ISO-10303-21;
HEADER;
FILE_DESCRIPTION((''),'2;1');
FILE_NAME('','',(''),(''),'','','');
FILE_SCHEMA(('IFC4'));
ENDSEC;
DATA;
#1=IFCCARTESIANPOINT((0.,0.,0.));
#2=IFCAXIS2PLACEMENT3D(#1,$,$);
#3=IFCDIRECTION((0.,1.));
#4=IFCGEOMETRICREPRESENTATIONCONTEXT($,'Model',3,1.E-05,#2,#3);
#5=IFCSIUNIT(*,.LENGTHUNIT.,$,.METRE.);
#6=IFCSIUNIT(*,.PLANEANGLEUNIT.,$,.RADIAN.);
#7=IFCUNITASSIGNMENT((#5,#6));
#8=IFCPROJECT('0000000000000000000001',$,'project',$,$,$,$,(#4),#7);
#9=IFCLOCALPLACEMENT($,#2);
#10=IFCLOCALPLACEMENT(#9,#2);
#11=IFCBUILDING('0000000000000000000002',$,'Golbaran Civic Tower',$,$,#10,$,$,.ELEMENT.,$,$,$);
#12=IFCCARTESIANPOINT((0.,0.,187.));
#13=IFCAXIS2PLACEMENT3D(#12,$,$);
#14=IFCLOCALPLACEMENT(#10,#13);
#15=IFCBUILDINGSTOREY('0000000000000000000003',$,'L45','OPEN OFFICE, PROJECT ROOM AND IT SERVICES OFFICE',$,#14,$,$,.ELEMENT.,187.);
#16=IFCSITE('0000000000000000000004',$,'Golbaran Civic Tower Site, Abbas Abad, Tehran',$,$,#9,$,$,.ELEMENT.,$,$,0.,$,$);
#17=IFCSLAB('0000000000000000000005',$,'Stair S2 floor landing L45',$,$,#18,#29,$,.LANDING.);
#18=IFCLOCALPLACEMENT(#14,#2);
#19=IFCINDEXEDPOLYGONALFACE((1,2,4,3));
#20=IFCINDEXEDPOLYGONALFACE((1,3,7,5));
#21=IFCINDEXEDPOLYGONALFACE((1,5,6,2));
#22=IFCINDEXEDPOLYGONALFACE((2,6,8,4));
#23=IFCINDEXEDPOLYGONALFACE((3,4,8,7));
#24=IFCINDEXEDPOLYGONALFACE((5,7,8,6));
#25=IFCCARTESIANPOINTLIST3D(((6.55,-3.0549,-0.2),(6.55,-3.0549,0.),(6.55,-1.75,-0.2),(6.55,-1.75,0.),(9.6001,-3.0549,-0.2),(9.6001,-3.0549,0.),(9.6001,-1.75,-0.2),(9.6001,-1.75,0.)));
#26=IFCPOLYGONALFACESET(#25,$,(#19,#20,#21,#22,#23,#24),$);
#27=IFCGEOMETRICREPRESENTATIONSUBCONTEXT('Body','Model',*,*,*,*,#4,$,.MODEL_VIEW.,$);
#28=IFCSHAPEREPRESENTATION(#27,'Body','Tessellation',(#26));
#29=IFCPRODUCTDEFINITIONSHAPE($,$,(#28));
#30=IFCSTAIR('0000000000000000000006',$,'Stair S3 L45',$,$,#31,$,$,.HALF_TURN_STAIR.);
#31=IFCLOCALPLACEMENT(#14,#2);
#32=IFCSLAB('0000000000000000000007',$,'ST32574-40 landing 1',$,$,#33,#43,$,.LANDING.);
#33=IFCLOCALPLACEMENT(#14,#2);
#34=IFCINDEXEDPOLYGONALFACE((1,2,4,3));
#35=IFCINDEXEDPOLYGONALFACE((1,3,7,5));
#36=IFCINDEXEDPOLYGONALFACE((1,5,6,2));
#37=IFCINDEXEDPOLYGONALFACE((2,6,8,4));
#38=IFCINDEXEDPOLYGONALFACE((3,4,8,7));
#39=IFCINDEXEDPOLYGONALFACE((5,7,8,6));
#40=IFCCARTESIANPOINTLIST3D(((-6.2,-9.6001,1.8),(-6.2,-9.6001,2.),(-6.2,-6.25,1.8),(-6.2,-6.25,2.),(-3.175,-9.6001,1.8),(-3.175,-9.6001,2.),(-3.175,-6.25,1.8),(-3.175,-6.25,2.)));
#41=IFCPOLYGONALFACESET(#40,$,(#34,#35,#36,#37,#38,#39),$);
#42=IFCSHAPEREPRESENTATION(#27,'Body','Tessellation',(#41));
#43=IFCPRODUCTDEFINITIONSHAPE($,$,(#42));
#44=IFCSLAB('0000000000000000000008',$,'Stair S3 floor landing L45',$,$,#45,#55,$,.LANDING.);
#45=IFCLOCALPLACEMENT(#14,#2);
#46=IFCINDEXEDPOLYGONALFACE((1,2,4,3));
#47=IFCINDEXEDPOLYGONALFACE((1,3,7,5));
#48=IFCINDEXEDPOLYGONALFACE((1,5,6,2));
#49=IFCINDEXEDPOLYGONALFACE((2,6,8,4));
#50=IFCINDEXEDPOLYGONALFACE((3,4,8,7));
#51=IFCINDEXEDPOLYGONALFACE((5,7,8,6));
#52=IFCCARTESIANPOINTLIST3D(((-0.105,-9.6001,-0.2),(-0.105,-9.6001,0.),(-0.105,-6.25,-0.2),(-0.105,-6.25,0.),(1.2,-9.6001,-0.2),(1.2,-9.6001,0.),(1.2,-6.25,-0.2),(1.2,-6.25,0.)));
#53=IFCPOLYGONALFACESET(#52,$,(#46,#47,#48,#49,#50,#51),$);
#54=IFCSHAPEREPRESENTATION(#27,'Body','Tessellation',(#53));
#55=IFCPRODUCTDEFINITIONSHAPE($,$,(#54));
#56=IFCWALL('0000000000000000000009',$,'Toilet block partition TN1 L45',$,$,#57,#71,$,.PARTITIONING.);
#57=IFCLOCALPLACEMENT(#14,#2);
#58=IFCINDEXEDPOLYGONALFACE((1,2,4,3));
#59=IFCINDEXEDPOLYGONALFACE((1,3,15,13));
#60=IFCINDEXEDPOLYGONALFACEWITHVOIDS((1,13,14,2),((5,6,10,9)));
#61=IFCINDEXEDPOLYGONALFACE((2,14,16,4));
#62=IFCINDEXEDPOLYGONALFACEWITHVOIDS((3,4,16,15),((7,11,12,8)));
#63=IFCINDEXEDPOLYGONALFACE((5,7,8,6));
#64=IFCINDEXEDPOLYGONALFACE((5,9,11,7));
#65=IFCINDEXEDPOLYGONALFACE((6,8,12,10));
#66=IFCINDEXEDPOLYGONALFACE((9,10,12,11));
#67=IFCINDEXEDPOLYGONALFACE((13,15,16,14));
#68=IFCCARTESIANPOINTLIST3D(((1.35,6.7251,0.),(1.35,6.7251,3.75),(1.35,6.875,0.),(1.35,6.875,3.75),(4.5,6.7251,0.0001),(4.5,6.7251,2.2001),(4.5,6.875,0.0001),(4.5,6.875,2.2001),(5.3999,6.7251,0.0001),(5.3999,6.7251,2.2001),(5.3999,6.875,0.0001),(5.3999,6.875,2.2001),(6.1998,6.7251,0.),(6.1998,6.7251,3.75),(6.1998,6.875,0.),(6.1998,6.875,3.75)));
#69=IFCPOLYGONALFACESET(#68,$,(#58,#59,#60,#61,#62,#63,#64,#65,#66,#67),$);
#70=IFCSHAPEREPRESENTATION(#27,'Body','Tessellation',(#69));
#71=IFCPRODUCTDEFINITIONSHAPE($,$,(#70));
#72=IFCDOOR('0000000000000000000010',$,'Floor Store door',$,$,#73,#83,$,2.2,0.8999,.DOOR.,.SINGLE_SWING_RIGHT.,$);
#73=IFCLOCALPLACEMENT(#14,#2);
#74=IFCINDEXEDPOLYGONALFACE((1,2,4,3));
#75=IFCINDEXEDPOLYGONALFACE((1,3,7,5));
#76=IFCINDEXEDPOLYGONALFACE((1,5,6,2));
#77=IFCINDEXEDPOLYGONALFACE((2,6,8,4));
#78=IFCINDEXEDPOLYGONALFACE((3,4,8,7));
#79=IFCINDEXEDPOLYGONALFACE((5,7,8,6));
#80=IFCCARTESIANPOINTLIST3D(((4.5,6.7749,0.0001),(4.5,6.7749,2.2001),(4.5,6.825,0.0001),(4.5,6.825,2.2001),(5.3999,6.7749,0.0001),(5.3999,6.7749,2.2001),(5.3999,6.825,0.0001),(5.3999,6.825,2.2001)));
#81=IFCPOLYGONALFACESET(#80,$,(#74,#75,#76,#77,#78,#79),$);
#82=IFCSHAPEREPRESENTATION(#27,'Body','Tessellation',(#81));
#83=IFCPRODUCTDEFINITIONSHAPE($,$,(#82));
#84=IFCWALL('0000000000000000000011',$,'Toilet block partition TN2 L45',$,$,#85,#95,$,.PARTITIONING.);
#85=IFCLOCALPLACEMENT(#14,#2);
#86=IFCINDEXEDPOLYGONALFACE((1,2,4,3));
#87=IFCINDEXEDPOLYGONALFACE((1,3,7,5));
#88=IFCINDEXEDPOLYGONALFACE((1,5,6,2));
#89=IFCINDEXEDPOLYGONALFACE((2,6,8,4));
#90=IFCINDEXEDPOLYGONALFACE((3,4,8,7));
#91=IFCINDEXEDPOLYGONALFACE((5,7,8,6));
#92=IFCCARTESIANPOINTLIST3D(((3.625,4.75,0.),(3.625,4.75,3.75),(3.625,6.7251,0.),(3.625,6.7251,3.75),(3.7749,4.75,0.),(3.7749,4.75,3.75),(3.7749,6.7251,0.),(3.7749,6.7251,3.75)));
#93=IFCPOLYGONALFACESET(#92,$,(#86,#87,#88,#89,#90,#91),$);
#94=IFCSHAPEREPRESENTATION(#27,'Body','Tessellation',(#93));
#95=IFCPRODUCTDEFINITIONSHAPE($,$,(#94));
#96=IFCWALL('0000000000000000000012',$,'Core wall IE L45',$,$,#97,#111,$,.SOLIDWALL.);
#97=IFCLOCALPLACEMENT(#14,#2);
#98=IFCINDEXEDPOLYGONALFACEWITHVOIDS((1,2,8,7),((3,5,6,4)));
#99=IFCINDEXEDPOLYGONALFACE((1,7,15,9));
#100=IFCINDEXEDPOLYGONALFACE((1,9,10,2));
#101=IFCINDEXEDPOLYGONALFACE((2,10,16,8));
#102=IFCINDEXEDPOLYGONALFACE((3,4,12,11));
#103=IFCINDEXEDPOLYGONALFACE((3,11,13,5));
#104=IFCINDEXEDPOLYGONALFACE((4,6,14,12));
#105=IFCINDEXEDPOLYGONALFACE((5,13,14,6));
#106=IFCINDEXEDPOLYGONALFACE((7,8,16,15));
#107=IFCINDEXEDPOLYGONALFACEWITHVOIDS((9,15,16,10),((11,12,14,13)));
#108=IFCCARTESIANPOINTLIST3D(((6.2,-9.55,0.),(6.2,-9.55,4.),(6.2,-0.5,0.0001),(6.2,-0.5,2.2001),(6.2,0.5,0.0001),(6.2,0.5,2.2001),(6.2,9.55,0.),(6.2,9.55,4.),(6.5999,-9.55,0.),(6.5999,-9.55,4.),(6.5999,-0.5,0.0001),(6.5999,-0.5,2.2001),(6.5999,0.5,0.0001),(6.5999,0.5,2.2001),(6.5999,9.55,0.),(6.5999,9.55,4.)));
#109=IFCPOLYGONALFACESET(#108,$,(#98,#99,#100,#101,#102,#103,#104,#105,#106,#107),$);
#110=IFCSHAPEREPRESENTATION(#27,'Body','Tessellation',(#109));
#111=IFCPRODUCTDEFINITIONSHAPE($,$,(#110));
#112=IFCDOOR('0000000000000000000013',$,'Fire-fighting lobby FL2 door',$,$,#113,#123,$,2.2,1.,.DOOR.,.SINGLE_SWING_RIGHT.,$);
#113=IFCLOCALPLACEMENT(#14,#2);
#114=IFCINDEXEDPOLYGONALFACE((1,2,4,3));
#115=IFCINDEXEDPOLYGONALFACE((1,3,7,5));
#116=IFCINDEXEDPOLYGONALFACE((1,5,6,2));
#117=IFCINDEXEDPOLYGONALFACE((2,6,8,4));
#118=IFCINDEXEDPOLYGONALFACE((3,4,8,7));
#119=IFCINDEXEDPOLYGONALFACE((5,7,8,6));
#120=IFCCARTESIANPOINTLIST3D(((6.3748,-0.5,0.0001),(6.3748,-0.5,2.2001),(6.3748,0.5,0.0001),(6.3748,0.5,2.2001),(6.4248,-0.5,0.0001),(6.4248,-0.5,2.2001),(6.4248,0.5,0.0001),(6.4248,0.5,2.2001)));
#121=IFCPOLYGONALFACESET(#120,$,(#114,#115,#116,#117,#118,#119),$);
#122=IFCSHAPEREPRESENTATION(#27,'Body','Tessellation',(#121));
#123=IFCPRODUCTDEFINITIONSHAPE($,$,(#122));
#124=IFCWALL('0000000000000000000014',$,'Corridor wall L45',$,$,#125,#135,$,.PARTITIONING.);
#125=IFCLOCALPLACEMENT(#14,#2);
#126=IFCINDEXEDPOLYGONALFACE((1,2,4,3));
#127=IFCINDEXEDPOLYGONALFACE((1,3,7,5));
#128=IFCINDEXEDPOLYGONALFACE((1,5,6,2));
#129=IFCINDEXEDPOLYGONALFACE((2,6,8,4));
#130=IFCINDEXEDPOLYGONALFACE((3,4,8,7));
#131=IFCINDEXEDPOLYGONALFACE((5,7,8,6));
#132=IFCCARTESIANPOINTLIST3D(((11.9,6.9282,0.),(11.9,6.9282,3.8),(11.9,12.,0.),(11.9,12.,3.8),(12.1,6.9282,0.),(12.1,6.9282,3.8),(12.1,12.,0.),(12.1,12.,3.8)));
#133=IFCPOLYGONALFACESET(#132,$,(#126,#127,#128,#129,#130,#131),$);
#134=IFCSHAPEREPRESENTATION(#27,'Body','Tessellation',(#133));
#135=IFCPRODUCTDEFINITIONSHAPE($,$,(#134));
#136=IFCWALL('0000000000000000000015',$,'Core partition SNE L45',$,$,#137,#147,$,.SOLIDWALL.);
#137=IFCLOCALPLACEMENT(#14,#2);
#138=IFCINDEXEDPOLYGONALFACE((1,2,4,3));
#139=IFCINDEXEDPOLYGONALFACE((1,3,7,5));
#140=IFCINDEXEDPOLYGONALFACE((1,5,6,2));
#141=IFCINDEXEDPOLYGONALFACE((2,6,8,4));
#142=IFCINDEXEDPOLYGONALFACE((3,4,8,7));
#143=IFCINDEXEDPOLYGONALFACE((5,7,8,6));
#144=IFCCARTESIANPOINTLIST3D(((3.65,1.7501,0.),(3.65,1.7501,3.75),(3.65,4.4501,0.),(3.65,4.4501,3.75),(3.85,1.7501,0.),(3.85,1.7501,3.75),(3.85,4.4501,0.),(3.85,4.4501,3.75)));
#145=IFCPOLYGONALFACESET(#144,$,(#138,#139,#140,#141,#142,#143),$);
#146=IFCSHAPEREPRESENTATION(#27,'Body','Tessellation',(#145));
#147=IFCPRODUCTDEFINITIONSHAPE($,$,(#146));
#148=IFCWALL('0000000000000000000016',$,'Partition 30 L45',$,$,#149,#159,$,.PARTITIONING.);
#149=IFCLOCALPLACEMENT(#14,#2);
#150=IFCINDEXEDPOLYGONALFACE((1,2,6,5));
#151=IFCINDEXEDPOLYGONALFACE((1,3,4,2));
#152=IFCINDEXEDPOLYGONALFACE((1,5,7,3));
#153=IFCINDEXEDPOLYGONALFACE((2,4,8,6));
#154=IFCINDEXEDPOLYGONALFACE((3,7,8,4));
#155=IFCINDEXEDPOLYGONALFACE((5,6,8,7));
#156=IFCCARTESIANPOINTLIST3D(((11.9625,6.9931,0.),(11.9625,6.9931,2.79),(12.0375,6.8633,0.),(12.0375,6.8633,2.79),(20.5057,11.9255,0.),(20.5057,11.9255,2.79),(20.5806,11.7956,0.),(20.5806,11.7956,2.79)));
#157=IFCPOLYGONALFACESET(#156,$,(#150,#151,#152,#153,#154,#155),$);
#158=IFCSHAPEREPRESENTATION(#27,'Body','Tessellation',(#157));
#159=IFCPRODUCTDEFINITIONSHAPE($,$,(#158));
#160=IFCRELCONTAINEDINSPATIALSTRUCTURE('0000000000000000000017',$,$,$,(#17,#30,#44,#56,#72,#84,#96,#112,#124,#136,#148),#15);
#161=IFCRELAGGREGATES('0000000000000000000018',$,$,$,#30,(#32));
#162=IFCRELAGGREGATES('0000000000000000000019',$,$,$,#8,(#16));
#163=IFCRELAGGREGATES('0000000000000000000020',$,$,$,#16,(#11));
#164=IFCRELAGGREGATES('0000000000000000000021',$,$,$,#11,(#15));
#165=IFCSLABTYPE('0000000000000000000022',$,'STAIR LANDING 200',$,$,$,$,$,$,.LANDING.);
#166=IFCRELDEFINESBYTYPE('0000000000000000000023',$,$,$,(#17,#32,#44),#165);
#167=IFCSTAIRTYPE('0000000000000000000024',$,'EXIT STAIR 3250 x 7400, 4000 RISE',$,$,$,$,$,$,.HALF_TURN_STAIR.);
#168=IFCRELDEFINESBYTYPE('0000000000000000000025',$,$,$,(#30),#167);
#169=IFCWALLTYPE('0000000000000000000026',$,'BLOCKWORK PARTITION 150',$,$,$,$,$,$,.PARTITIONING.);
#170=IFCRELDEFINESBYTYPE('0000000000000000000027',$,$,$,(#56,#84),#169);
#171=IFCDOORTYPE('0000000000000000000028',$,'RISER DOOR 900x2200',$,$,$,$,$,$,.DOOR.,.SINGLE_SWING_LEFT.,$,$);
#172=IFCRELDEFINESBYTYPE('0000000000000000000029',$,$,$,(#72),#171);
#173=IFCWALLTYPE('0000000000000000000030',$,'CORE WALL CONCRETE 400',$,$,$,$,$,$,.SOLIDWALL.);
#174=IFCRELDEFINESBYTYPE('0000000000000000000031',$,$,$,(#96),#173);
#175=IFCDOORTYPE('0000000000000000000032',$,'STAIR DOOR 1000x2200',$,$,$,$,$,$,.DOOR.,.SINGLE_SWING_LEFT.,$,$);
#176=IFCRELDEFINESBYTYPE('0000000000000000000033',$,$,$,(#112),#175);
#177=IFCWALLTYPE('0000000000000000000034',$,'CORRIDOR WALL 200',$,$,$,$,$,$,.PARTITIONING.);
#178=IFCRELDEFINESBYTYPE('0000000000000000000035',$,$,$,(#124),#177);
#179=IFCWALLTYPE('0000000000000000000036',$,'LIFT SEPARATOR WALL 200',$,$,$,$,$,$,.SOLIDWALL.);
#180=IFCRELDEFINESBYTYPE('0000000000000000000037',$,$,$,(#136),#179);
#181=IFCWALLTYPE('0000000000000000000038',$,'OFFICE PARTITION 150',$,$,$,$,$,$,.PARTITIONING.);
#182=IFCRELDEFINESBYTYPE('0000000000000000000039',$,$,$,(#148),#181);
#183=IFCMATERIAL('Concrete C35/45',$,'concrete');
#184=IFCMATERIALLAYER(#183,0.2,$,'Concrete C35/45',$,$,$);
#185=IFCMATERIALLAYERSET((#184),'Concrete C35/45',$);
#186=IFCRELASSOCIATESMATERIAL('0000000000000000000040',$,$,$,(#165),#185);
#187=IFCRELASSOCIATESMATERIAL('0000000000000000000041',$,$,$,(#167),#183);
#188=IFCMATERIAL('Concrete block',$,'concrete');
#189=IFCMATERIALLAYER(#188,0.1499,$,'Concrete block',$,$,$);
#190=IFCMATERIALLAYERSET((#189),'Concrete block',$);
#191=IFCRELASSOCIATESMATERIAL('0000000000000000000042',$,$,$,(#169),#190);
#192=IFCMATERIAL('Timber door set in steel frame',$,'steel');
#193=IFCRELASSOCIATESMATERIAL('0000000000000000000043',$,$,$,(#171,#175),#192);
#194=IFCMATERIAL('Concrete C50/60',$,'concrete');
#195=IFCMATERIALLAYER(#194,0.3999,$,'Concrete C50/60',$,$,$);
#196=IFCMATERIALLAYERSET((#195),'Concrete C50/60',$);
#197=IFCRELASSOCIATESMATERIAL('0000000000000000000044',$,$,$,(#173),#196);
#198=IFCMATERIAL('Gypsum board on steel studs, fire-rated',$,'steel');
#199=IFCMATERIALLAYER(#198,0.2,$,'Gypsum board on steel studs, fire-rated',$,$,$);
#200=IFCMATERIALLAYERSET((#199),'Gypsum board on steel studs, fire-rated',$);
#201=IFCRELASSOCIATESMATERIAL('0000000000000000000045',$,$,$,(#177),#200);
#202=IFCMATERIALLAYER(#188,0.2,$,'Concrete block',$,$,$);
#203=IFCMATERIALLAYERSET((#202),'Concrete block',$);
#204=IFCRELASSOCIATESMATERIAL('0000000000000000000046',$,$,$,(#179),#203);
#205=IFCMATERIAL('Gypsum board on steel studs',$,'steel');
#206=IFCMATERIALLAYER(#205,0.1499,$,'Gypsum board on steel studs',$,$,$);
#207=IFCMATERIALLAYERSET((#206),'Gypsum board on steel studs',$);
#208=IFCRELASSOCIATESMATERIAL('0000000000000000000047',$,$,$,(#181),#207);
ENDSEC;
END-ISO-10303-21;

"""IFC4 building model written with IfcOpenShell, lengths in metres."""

from ifc_helpers import new_model, si_unit, direction, frame, frame_2d, origin, place, context, subcontext, project, spatial, polyline, rectangle, outline, extrude, material, layer, layer_set, type_object, element, fill, aggregate, save


model = new_model("IFC4")

# Units and contexts
model_context = context("Model", 3, precision=1e-05, world=origin(), true_north=direction((0.0, 1.0)))
body_context = subcontext(model_context, "Body", "Model", "MODEL_VIEW")
ifc_project = project(units=[si_unit("LENGTHUNIT", "METRE"), si_unit("PLANEANGLEUNIT", "RADIAN")], contexts=[model_context])

# Site, building, storey
site_placement = place(None, origin())
site = spatial("IfcSite", under=ifc_project, at=site_placement, Name="Golbaran Civic Tower Site, Abbas Abad, Tehran", CompositionType="ELEMENT", RefElevation=0.0)
building_placement = place(site_placement, origin())
building = spatial("IfcBuilding", under=site, at=building_placement, Name="Golbaran Civic Tower", CompositionType="ELEMENT")
storey_placement = place(building_placement, frame((0.0, 0.0, 187.0)))
storey = spatial("IfcBuildingStorey", under=building, at=storey_placement, Name="L45", Description="OPEN OFFICE, PROJECT ROOM AND IT SERVICES OFFICE", CompositionType="ELEMENT", Elevation=187.0)

# Slab
ifc_material_1 = material(Name="Concrete C35/45", Category="concrete")
ifc_layer_1 = layer(ifc_material_1, 0.2, Name="Concrete C35/45")
ifc_layer_set_1 = layer_set([ifc_layer_1], Name="Concrete C35/45")
slab_type = type_object("IfcSlabType", Name="STAIR LANDING 200", PredefinedType="LANDING", material=ifc_layer_set_1)
slab_1_placement = place(storey_placement, frame((0.0, 0.0, -0.2)))
element("IfcSlab", 1, at=slab_1_placement, inside=storey, type_object=slab_type, Name="Stair S2 floor landing L45", PredefinedType="LANDING", context=body_context, shape_type="SweptSolid", body=[
    extrude(outline(polyline([(9.6001, -1.75), (9.6001, -3.0549), (6.55, -3.0549), (6.55, -1.75), (9.6001, -1.75)])), origin(), (0.0, 0.0, 1.0), 0.2),
])

# Stair, slab
stair_type = type_object("IfcStairType", Name="EXIT STAIR 3250 x 7400, 4000 RISE", PredefinedType="HALF_TURN_STAIR", material=ifc_material_1)
stair_placement = place(storey_placement, origin())
stair = element("IfcStair", 2, at=stair_placement, inside=storey, type_object=stair_type, Name="Stair S3 L45", PredefinedType="HALF_TURN_STAIR")
slab_2_placement = place(storey_placement, frame((0.0, 0.0, 1.8)))
slab_2 = element("IfcSlab", 3, at=slab_2_placement, type_object=slab_type, Name="ST32574-40 landing 1", PredefinedType="LANDING", context=body_context, shape_type="SweptSolid", body=[
    extrude(outline(polyline([(-3.175, -9.6001), (-6.2, -9.6001), (-6.2, -6.25), (-3.175, -6.25), (-3.175, -9.6001)])), origin(), (0.0, 0.0, 1.0), 0.2),
])
aggregate(stair, [slab_2])

# Slab
slab_3_placement = place(storey_placement, frame((0.0, 0.0, -0.2)))
element("IfcSlab", 4, at=slab_3_placement, inside=storey, type_object=slab_type, Name="Stair S3 floor landing L45", PredefinedType="LANDING", context=body_context, shape_type="SweptSolid", body=[
    extrude(outline(polyline([(1.2, -9.6001), (-0.105, -9.6001), (-0.105, -6.25), (1.2, -6.25), (1.2, -9.6001)])), origin(), (0.0, 0.0, 1.0), 0.2),
])

# Wall, opening, door
ifc_material_2 = material(Name="Concrete block", Category="concrete")
ifc_layer_2 = layer(ifc_material_2, 0.1499, Name="Concrete block")
ifc_layer_set_2 = layer_set([ifc_layer_2], Name="Concrete block")
wall_type_1 = type_object("IfcWallType", Name="BLOCKWORK PARTITION 150", PredefinedType="PARTITIONING", material=ifc_layer_set_2)
wall_1_placement = place(storey_placement, frame((1.3501, 6.8, 0.0), z_axis=(0.0, 0.0, 1.0), x_axis=(1.0, 0.0, 0.0)))
wall_1 = element("IfcWall", 5, at=wall_1_placement, inside=storey, type_object=wall_type_1, Name="Toilet block partition TN1 L45", PredefinedType="PARTITIONING", context=body_context, shape_type="SweptSolid", body=[
    extrude(rectangle(XDim=4.8499, YDim=0.1499, at=frame_2d((2.4248, 0.0))), origin(), (0.0, 0.0, 1.0), 3.75),
])
opening_1_placement = place(wall_1_placement, frame((3.1499, 0.0, 0.0)))
opening_1 = element("IfcOpeningElement", 6, at=opening_1_placement, cuts=wall_1, PredefinedType="OPENING", context=body_context, shape_type="SweptSolid", body=[
    extrude(rectangle(XDim=0.8999, YDim=2.2, at=frame_2d((0.45, 1.1001))), frame((0.0, 0.085, 0.0), z_axis=(0.0, -1.0, 0.0), x_axis=(1.0, 0.0, 0.0)), (0.0, 0.0, 1.0), 0.1699),
])
ifc_material_3 = material(Name="Timber door set in steel frame", Category="steel")
door_type_1 = type_object("IfcDoorType", Name="RISER DOOR 900x2200", OperationType="SINGLE_SWING_LEFT", PredefinedType="DOOR", material=ifc_material_3)
door_1_placement = place(opening_1_placement, origin())
door_1 = element("IfcDoor", 7, at=door_1_placement, inside=storey, type_object=door_type_1, Name="Floor Store door", OperationType="SINGLE_SWING_RIGHT", OverallHeight=2.2, OverallWidth=0.8999, PredefinedType="DOOR", context=body_context, shape_type="SweptSolid", body=[
    extrude(rectangle(XDim=0.8999, YDim=2.2, at=frame_2d((0.45, 1.1001))), frame((0.0, 0.0249, 0.0), z_axis=(0.0, -1.0, 0.0), x_axis=(1.0, 0.0, 0.0)), (0.0, 0.0, 1.0), 0.05),
])
fill(opening_1, door_1)

# Wall
wall_2_placement = place(storey_placement, frame((3.7, 4.75, 0.0), z_axis=(0.0, 0.0, 1.0), x_axis=(0.0, 1.0, 0.0)))
element("IfcWall", 8, at=wall_2_placement, inside=storey, type_object=wall_type_1, Name="Toilet block partition TN2 L45", PredefinedType="PARTITIONING", context=body_context, shape_type="SweptSolid", body=[
    extrude(rectangle(XDim=1.9751, YDim=0.1499, at=frame_2d((0.9875, 0.0))), origin(), (0.0, 0.0, 1.0), 3.75),
])

# Wall, opening, door
ifc_material_4 = material(Name="Concrete C50/60", Category="concrete")
ifc_layer_3 = layer(ifc_material_4, 0.3999, Name="Concrete C50/60")
ifc_layer_set_3 = layer_set([ifc_layer_3], Name="Concrete C50/60")
wall_type_2 = type_object("IfcWallType", Name="CORE WALL CONCRETE 400", PredefinedType="SOLIDWALL", material=ifc_layer_set_3)
wall_3_placement = place(storey_placement, frame((6.3999, 9.55, 0.0), z_axis=(0.0, 0.0, 1.0), x_axis=(0.0, -1.0, 0.0)))
wall_3 = element("IfcWall", 9, at=wall_3_placement, inside=storey, type_object=wall_type_2, Name="Core wall IE L45", PredefinedType="SOLIDWALL", context=body_context, shape_type="SweptSolid", body=[
    extrude(rectangle(XDim=19.1001, YDim=0.3999, at=frame_2d((9.55, 0.0))), origin(), (0.0, 0.0, 1.0), 4.0),
])
opening_2_placement = place(wall_3_placement, frame((9.05, 0.0, 0.0)))
opening_2 = element("IfcOpeningElement", 10, at=opening_2_placement, cuts=wall_3, PredefinedType="OPENING", context=body_context, shape_type="SweptSolid", body=[
    extrude(rectangle(XDim=1.0, YDim=2.2, at=frame_2d((0.5, 1.1001))), frame((0.0, 0.21, 0.0), z_axis=(0.0, -1.0, 0.0), x_axis=(1.0, 0.0, 0.0)), (0.0, 0.0, 1.0), 0.4199),
])
door_type_2 = type_object("IfcDoorType", Name="STAIR DOOR 1000x2200", OperationType="SINGLE_SWING_LEFT", PredefinedType="DOOR", material=ifc_material_3)
door_2_placement = place(opening_2_placement, origin())
door_2 = element("IfcDoor", 11, at=door_2_placement, inside=storey, type_object=door_type_2, Name="Fire-fighting lobby FL2 door", OperationType="SINGLE_SWING_RIGHT", OverallHeight=2.2, OverallWidth=1.0, PredefinedType="DOOR", context=body_context, shape_type="SweptSolid", body=[
    extrude(rectangle(XDim=1.0, YDim=2.2, at=frame_2d((0.5, 1.1001))), frame((0.0, 0.0249, 0.0), z_axis=(0.0, -1.0, 0.0), x_axis=(1.0, 0.0, 0.0)), (0.0, 0.0, 1.0), 0.05),
])
fill(opening_2, door_2)

# Walls
ifc_material_5 = material(Name="Gypsum board on steel studs, fire-rated", Category="steel")
ifc_layer_4 = layer(ifc_material_5, 0.2, Name="Gypsum board on steel studs, fire-rated")
ifc_layer_set_4 = layer_set([ifc_layer_4], Name="Gypsum board on steel studs, fire-rated")
wall_type_3 = type_object("IfcWallType", Name="CORRIDOR WALL 200", PredefinedType="PARTITIONING", material=ifc_layer_set_4)
wall_4_placement = place(storey_placement, frame((12.0, 6.9282, 0.0), z_axis=(0.0, 0.0, 1.0), x_axis=(0.0, 1.0, 0.0)))
element("IfcWall", 12, at=wall_4_placement, inside=storey, type_object=wall_type_3, Name="Corridor wall L45", PredefinedType="PARTITIONING", context=body_context, shape_type="SweptSolid", body=[
    extrude(rectangle(XDim=5.0718, YDim=0.2, at=frame_2d((2.5359, 0.0))), origin(), (0.0, 0.0, 1.0), 3.8),
])
ifc_layer_5 = layer(ifc_material_2, 0.2, Name="Concrete block")
ifc_layer_set_5 = layer_set([ifc_layer_5], Name="Concrete block")
wall_type_4 = type_object("IfcWallType", Name="LIFT SEPARATOR WALL 200", PredefinedType="SOLIDWALL", material=ifc_layer_set_5)
wall_5_placement = place(storey_placement, frame((3.75, 1.75, 0.0), z_axis=(0.0, 0.0, 1.0), x_axis=(0.0, 1.0, 0.0)))
element("IfcWall", 13, at=wall_5_placement, inside=storey, type_object=wall_type_4, Name="Core partition SNE L45", PredefinedType="SOLIDWALL", context=body_context, shape_type="SweptSolid", body=[
    extrude(rectangle(XDim=2.7, YDim=0.2, at=frame_2d((1.3501, 0.0))), origin(), (0.0, 0.0, 1.0), 3.75),
])
ifc_material_6 = material(Name="Gypsum board on steel studs", Category="steel")
ifc_layer_6 = layer(ifc_material_6, 0.1499, Name="Gypsum board on steel studs")
ifc_layer_set_6 = layer_set([ifc_layer_6], Name="Gypsum board on steel studs")
wall_type_5 = type_object("IfcWallType", Name="OFFICE PARTITION 150", PredefinedType="PARTITIONING", material=ifc_layer_set_6)
wall_6_placement = place(storey_placement, frame((12.0, 6.9282, 0.0), z_axis=(0.0, 0.0, 1.0), x_axis=(0.866028, 0.499996, 0.0)))
element("IfcWall", 14, at=wall_6_placement, inside=storey, type_object=wall_type_5, Name="Partition 30 L45", PredefinedType="PARTITIONING", context=body_context, shape_type="SweptSolid", body=[
    extrude(rectangle(XDim=9.8647, YDim=0.1499, at=frame_2d((4.9324, 0.0))), origin(), (0.0, 0.0, 1.0), 2.79),
])

save(model, "model.ifc")
